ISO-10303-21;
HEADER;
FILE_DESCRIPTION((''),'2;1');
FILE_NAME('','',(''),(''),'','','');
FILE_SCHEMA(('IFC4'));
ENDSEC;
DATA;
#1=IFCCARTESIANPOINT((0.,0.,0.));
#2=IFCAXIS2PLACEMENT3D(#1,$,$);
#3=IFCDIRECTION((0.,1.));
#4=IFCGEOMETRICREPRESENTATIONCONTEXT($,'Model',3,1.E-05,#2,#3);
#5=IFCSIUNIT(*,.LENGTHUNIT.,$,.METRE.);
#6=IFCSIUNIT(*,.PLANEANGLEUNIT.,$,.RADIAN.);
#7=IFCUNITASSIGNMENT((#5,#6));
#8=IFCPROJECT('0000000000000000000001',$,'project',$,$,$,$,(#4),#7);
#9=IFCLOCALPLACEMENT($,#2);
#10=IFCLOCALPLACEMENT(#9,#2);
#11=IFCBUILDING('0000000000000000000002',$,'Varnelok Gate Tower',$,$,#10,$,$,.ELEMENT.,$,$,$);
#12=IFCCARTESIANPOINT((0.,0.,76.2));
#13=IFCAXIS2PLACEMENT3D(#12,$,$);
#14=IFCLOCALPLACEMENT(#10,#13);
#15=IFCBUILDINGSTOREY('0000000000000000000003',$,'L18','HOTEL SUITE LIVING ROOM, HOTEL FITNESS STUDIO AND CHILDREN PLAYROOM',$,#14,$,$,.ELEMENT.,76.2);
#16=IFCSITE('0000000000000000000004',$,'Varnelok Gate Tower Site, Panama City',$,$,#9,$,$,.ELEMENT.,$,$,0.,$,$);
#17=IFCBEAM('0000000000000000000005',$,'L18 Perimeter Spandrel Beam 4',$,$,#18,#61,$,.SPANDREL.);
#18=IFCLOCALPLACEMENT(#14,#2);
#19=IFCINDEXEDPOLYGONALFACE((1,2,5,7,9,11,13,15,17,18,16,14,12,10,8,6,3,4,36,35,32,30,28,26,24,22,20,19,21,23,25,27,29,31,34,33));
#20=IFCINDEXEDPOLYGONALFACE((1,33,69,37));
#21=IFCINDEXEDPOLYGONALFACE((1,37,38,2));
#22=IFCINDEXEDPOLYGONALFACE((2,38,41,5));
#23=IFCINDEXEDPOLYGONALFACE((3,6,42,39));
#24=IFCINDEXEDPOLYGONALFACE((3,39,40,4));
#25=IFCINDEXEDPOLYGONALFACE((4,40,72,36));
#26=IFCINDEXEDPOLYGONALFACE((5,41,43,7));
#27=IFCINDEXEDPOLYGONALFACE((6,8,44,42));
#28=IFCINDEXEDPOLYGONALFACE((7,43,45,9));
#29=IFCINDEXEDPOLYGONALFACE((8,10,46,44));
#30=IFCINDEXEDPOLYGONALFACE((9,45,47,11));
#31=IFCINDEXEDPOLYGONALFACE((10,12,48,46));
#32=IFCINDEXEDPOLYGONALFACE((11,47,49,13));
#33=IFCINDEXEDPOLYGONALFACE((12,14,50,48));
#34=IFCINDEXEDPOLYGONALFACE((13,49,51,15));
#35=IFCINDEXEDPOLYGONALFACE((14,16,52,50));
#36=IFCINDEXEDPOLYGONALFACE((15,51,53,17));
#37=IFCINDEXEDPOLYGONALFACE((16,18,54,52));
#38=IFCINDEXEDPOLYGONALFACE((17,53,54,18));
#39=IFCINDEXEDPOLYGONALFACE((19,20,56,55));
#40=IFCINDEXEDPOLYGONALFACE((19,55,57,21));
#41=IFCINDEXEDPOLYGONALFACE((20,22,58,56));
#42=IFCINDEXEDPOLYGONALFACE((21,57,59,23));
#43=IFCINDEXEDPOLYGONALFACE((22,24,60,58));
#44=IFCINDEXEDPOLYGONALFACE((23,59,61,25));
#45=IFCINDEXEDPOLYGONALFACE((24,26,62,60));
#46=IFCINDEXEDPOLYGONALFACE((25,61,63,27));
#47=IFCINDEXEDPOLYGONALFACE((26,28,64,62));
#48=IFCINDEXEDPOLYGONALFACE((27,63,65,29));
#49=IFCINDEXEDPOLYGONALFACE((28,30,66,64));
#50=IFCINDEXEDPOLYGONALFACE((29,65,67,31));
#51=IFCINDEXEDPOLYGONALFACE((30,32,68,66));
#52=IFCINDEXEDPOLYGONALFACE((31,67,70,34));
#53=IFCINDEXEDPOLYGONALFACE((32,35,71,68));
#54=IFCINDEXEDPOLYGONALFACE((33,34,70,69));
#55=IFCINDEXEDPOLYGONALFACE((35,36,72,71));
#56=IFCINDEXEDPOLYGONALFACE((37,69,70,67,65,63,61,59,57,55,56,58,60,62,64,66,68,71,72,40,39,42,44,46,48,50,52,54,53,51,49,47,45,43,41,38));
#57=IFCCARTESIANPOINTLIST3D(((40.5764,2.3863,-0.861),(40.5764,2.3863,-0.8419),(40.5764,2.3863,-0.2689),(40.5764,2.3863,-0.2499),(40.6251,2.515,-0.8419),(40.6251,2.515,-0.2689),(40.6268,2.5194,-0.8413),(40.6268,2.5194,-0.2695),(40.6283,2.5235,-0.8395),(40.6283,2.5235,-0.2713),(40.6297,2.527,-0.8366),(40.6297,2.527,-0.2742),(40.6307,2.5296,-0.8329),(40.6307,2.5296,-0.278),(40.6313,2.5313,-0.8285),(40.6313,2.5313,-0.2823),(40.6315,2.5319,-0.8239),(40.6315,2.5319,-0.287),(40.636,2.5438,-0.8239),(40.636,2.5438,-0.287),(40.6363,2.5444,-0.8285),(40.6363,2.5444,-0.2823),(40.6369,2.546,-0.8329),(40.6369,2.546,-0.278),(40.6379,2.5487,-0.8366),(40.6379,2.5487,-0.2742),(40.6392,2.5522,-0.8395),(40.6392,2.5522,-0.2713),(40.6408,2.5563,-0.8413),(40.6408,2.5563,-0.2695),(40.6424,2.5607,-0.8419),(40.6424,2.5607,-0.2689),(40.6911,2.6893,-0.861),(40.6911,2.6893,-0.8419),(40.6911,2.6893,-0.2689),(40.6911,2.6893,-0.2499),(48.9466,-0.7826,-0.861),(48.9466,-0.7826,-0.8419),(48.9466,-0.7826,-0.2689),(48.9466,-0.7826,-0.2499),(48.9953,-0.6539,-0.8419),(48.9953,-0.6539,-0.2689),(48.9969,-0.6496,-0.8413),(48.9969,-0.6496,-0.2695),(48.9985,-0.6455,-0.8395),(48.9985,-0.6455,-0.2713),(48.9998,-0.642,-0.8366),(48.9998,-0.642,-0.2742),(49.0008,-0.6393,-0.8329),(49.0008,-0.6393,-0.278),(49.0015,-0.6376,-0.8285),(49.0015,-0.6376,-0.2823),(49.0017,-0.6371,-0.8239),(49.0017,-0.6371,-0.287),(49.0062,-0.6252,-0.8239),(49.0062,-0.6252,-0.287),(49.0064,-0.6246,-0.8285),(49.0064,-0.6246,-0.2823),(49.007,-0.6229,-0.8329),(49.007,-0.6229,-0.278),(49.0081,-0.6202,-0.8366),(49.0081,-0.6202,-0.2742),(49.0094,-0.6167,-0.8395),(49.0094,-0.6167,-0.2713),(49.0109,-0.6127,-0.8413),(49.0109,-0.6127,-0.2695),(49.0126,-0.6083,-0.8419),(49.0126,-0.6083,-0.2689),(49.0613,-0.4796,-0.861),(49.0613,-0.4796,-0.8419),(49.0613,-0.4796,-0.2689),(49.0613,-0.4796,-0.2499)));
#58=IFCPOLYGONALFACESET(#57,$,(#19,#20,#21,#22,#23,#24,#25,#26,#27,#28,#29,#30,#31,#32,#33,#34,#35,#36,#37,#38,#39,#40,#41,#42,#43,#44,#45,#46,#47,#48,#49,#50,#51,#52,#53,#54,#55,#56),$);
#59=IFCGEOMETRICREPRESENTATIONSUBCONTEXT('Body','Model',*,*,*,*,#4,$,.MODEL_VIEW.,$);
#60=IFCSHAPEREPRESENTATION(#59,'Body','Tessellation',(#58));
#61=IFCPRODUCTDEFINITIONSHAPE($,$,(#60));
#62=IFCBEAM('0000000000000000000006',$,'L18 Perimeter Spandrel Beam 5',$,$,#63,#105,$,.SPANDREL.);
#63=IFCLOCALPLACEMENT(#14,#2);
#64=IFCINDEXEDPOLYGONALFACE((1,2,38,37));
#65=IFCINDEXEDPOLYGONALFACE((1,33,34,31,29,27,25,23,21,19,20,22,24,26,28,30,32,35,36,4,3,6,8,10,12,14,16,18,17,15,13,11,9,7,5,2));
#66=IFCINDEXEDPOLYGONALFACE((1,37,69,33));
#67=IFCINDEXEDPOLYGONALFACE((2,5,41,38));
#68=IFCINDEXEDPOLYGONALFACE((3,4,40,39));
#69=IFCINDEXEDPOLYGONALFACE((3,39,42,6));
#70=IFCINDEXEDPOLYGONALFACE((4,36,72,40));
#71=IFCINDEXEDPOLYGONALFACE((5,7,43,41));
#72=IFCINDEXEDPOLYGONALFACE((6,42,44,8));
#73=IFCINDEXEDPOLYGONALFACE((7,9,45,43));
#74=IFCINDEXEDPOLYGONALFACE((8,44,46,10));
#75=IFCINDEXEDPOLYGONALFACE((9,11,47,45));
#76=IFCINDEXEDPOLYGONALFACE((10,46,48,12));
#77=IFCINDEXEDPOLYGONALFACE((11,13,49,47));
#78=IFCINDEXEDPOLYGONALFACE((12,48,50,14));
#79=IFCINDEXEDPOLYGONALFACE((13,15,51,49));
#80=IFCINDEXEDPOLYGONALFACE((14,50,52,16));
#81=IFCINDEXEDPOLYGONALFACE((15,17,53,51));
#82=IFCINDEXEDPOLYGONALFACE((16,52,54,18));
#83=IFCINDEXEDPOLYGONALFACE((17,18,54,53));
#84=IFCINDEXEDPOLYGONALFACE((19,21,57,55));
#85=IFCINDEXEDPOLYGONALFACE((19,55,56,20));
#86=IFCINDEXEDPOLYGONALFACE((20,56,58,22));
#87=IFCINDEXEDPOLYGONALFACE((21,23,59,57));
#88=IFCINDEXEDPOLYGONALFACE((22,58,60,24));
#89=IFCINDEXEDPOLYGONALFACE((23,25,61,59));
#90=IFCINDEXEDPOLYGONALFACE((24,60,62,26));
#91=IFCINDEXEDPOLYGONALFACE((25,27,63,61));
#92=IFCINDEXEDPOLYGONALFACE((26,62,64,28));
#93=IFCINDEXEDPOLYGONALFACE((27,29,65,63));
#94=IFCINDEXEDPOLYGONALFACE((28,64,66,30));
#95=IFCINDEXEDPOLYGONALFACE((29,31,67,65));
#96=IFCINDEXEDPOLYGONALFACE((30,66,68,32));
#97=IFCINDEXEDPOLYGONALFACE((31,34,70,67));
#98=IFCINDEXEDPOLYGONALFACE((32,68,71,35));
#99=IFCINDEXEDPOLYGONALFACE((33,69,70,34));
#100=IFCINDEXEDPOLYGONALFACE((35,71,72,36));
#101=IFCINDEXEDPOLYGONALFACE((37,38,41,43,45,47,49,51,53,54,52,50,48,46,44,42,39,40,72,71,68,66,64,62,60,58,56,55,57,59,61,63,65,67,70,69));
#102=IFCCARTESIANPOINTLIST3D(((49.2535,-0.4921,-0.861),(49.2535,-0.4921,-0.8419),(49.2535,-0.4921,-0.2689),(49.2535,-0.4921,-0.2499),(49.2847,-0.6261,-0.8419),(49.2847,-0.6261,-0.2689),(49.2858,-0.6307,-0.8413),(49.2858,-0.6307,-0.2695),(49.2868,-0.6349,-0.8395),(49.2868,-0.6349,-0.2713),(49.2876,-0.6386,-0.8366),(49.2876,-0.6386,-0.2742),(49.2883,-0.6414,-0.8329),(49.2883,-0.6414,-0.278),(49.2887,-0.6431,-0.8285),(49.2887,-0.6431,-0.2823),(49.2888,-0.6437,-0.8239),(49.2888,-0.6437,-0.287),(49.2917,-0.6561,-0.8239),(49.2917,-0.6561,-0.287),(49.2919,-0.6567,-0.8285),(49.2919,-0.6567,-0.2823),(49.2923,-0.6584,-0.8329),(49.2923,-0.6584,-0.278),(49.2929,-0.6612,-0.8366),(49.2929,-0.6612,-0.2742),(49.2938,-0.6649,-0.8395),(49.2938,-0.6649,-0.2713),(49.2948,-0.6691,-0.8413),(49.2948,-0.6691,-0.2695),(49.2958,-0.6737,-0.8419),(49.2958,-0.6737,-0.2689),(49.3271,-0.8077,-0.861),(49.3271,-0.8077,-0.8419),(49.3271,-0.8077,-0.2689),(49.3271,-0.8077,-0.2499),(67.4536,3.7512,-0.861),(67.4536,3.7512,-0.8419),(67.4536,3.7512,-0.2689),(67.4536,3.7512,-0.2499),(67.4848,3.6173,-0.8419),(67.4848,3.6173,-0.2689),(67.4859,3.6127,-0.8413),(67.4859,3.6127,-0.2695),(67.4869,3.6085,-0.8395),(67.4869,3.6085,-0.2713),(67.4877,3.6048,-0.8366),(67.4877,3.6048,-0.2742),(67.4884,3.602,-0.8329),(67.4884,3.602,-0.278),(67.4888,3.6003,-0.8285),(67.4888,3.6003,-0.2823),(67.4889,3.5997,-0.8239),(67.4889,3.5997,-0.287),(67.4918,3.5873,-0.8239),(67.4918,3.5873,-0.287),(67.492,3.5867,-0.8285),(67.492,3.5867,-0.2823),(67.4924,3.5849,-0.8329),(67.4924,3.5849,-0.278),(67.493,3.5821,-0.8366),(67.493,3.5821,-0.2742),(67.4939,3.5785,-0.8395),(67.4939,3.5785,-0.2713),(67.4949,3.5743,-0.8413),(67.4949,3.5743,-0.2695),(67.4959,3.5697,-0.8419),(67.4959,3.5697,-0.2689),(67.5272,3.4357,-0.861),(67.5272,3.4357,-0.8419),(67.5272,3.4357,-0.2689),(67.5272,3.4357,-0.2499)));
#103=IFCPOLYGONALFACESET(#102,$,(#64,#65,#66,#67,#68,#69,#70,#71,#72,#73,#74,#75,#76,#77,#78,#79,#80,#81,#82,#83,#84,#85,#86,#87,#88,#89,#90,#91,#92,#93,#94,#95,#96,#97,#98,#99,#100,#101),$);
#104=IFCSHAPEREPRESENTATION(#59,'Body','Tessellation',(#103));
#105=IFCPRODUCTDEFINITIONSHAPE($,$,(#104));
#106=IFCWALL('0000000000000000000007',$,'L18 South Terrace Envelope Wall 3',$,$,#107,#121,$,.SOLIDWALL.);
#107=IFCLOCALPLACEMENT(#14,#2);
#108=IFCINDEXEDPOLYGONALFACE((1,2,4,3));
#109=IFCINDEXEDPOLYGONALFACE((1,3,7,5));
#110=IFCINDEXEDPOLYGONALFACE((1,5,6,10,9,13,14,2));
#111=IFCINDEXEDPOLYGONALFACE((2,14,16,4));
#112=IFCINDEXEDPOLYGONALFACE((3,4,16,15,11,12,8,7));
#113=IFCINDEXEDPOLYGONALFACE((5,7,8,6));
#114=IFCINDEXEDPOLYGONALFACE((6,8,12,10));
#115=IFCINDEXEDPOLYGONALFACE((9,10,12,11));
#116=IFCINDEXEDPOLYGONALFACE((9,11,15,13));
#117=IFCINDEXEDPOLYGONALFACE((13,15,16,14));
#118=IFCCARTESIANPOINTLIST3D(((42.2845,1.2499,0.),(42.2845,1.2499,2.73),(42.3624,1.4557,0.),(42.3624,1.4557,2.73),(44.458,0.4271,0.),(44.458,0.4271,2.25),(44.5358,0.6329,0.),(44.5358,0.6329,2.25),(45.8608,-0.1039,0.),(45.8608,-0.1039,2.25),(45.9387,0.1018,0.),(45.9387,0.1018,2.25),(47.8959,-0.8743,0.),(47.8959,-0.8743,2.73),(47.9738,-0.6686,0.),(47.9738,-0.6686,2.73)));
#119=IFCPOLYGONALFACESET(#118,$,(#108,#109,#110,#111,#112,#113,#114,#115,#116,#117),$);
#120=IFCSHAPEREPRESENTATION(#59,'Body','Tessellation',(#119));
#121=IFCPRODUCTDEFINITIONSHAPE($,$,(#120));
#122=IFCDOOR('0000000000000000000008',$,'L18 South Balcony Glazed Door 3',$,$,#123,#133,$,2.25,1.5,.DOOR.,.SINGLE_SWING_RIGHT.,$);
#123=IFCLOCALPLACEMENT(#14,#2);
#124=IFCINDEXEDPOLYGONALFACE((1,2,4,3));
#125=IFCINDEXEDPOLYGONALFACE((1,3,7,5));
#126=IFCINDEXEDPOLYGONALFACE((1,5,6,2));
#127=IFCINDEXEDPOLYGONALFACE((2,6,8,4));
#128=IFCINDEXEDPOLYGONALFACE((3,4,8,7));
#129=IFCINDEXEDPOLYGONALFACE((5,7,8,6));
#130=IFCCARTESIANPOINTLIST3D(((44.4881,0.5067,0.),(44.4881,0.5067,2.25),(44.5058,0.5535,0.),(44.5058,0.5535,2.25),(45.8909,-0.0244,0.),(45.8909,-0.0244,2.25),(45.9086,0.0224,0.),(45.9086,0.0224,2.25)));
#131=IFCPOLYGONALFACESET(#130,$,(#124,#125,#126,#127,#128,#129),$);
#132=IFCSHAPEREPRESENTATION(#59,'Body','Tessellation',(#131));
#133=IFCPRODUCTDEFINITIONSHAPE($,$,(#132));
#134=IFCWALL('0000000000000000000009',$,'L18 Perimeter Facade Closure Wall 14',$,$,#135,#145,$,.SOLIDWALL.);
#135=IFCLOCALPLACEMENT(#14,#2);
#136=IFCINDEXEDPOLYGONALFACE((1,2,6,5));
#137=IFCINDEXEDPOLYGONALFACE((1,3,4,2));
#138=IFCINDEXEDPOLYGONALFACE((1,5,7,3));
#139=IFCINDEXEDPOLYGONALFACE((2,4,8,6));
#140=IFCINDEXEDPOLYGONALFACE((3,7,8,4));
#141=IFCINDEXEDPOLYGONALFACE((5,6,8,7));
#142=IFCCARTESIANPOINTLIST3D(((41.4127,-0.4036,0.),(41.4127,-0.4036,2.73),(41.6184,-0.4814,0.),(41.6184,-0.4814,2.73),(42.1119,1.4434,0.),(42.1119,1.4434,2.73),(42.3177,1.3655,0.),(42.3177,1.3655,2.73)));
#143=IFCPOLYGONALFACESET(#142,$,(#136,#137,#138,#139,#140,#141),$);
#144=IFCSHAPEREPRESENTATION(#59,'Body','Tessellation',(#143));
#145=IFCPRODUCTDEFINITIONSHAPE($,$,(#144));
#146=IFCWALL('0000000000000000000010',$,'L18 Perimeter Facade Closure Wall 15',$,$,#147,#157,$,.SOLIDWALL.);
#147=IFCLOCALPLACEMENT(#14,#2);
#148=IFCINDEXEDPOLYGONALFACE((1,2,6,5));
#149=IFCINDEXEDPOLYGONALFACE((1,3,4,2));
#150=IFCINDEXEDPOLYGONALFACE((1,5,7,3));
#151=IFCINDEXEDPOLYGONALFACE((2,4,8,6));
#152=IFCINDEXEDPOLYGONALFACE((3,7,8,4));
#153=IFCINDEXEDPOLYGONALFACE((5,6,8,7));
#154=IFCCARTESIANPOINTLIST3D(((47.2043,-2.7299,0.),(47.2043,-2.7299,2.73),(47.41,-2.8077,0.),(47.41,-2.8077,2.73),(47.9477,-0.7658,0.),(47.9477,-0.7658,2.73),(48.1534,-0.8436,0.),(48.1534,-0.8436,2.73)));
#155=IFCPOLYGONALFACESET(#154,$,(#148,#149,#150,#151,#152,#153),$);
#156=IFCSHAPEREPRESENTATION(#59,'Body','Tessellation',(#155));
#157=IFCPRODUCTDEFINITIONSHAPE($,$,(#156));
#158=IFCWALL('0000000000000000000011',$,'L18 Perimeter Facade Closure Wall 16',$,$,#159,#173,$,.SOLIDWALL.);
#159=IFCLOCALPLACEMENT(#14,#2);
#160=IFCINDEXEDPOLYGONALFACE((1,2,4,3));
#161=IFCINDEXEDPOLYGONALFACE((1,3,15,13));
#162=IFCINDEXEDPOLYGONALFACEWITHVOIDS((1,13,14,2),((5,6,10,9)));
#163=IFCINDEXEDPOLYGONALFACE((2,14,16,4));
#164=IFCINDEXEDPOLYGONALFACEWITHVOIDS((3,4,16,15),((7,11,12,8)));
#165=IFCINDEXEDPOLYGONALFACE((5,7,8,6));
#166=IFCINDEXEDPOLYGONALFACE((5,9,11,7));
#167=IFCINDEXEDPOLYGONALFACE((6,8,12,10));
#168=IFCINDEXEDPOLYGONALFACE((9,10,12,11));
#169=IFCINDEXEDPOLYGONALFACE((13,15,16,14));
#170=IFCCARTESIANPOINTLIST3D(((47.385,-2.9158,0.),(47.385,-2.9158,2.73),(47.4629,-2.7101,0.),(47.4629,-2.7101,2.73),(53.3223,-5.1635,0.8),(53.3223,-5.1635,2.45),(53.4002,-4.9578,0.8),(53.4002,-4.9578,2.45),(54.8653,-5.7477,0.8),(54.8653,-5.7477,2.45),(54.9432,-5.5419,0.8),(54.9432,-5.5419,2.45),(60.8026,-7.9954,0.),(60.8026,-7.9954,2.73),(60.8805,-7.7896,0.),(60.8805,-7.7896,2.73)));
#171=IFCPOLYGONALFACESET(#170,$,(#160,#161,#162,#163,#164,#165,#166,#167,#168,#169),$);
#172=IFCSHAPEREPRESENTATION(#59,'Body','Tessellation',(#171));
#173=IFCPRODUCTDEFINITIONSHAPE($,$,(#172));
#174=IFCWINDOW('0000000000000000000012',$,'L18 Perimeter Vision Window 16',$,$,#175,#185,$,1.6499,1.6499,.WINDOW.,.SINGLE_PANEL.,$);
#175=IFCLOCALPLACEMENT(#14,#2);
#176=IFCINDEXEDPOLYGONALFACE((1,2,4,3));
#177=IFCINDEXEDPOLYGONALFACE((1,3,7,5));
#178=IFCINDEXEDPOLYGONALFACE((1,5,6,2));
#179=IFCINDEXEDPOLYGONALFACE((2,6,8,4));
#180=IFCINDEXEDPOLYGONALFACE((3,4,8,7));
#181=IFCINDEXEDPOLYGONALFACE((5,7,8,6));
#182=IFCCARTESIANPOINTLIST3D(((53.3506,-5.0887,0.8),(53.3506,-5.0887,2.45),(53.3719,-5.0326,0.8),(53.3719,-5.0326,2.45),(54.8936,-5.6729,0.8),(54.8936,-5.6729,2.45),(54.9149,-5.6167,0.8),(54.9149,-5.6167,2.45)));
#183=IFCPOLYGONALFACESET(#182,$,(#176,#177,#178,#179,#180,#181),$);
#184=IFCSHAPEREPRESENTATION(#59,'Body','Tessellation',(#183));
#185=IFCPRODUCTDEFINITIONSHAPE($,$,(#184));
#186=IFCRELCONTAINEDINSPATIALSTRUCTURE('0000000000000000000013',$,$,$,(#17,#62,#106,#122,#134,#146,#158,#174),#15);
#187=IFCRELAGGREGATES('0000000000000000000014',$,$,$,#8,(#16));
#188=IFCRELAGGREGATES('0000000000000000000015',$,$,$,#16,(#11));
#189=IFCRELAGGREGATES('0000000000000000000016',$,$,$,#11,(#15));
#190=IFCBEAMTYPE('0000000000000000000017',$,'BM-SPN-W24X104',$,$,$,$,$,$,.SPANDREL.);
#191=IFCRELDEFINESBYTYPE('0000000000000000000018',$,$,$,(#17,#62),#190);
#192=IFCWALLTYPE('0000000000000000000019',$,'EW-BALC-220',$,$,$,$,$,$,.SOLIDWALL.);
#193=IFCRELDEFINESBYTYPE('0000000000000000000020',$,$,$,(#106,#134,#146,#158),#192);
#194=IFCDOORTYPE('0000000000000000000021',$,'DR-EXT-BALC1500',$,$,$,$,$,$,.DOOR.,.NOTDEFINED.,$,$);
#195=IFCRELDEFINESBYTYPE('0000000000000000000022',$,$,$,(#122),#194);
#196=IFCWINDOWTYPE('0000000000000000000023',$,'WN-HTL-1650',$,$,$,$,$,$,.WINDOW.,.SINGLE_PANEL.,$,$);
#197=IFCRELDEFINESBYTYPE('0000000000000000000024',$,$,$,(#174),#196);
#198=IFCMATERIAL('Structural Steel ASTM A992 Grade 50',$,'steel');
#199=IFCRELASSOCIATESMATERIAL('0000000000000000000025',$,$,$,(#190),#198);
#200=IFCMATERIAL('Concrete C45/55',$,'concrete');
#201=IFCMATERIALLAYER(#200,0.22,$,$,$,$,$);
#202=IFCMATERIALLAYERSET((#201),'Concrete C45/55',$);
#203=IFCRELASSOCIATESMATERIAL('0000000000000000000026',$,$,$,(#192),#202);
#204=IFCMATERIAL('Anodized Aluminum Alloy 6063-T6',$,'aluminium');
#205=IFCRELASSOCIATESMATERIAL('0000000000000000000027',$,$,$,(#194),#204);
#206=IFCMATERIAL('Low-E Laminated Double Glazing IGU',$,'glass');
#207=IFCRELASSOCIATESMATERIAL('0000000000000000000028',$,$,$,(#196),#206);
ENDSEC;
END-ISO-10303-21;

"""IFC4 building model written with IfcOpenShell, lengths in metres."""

from ifc_helpers import new_model, si_unit, direction, frame, frame_2d, origin, origin_2d, place, context, subcontext, project, spatial, rectangle, i_section, extrude, material, layer, layer_set, material_profile, profile_set, type_object, element, fill, save


model = new_model("IFC4")

# Units and contexts
model_context = context("Model", 3, precision=1e-05, world=origin(), true_north=direction((0.0, 1.0)))
body_context = subcontext(model_context, "Body", "Model", "MODEL_VIEW")
ifc_project = project(units=[si_unit("LENGTHUNIT", "METRE"), si_unit("PLANEANGLEUNIT", "RADIAN")], contexts=[model_context])

# Site, building, storey
site_placement = place(None, origin())
site = spatial("IfcSite", under=ifc_project, at=site_placement, Name="Varnelok Gate Tower Site, Panama City", CompositionType="ELEMENT", RefElevation=0.0)
building_placement = place(site_placement, origin())
building = spatial("IfcBuilding", under=site, at=building_placement, Name="Varnelok Gate Tower", CompositionType="ELEMENT")
storey_placement = place(building_placement, frame((0.0, 0.0, 76.2)))
storey = spatial("IfcBuildingStorey", under=building, at=storey_placement, Name="L18", Description="HOTEL SUITE LIVING ROOM, HOTEL FITNESS STUDIO AND CHILDREN PLAYROOM", CompositionType="ELEMENT", Elevation=76.2)

# Shared definitions
ifc_material_1 = material(Name="Structural Steel ASTM A992 Grade 50", Category="steel")

# Beams
ifc_material_profile_1 = material_profile(ifc_material_1, i_section(OverallWidth=0.324, OverallDepth=0.6111, WebThickness=0.0127, FlangeThickness=0.019, FilletRadius=0.0181, at=origin_2d()), Name="W24X104")
ifc_profile_set_1 = profile_set([ifc_material_profile_1], Name="Structural Steel ASTM A992 Grade 50")
beam_type_1 = type_object("IfcBeamType", Name="BM-SPN-W24X104", PredefinedType="SPANDREL", material=ifc_profile_set_1)
beam_1_placement = place(storey_placement, frame((40.6338, 2.5378, -0.5554), z_axis=(0.935217, -0.354075, 0.0), x_axis=(0.354075, 0.935217, 0.0)))
element("IfcBeam", 1, at=beam_1_placement, inside=storey, type_object=beam_type_1, Name="L18 Perimeter Spandrel Beam 4", PredefinedType="SPANDREL", context=body_context, shape_type="SweptSolid", body=[
    extrude(i_section(OverallWidth=0.324, OverallDepth=0.6111, WebThickness=0.0127, FlangeThickness=0.019, FilletRadius=0.0181, at=origin_2d()), origin(), (0.0, 0.0, 1.0), 8.95),
])
beam_2_placement = place(storey_placement, frame((49.2903, -0.6499, -0.5554), z_axis=(0.97388, 0.227062, 0.0), x_axis=(-0.227062, 0.97388, 0.0)))
element("IfcBeam", 2, at=beam_2_placement, inside=storey, type_object=beam_type_1, Name="L18 Perimeter Spandrel Beam 5", PredefinedType="SPANDREL", context=body_context, shape_type="SweptSolid", body=[
    extrude(i_section(OverallWidth=0.324, OverallDepth=0.6111, WebThickness=0.0127, FlangeThickness=0.019, FilletRadius=0.0181, at=origin_2d()), origin(), (0.0, 0.0, 1.0), 18.6882),
])

# Wall, opening, door
ifc_material_2 = material(Name="Concrete C45/55", Category="concrete")
ifc_layer_1 = layer(ifc_material_2, 0.22)
ifc_layer_set_1 = layer_set([ifc_layer_1], Name="Concrete C45/55")
wall_type_1 = type_object("IfcWallType", Name="EW-BALC-220", PredefinedType="SOLIDWALL", material=ifc_layer_set_1)
wall_1_placement = place(storey_placement, frame((47.9348, -0.7715, 0.0), z_axis=(0.0, 0.0, 1.0), x_axis=(-0.935228, 0.354047, 0.0)))
wall_1 = element("IfcWall", 3, at=wall_1_placement, inside=storey, type_object=wall_type_1, Name="L18 South Terrace Envelope Wall 3", PredefinedType="SOLIDWALL", context=body_context, shape_type="SweptSolid", body=[
    extrude(rectangle(XDim=6.0, YDim=0.22, at=frame_2d((3.0, 0.0))), origin(), (0.0, 0.0, 1.0), 2.73),
])
opening_1_placement = place(wall_1_placement, frame((2.176, 0.0, 0.0)))
opening_1 = element("IfcOpeningElement", 4, at=opening_1_placement, cuts=wall_1, PredefinedType="OPENING", context=body_context, shape_type="SweptSolid", body=[
    extrude(rectangle(XDim=1.5, YDim=2.25, at=frame_2d((0.75, 1.125))), frame((0.0, 0.1199, 0.0), z_axis=(0.0, -1.0, 0.0), x_axis=(1.0, 0.0, 0.0)), (0.0, 0.0, 1.0), 0.24),
])
ifc_material_3 = material(Name="Anodized Aluminum Alloy 6063-T6", Category="aluminium")
door_type_1 = type_object("IfcDoorType", Name="DR-EXT-BALC1500", OperationType="NOTDEFINED", PredefinedType="DOOR", material=ifc_material_3)
door_1_placement = place(opening_1_placement, origin())
door_1 = element("IfcDoor", 5, at=door_1_placement, inside=storey, type_object=door_type_1, Name="L18 South Balcony Glazed Door 3", OperationType="SINGLE_SWING_RIGHT", OverallHeight=2.25, OverallWidth=1.5, PredefinedType="DOOR", context=body_context, shape_type="SweptSolid", body=[
    extrude(rectangle(XDim=1.5, YDim=2.25, at=frame_2d((0.75, 1.125))), frame((0.0, 0.0249, 0.0), z_axis=(0.0, -1.0, 0.0), x_axis=(1.0, 0.0, 0.0)), (0.0, 0.0, 1.0), 0.05),
])
fill(opening_1, door_1)

# Walls
wall_2_placement = place(storey_placement, frame((41.5156, -0.4424, 0.0), z_axis=(0.0, 0.0, 1.0), x_axis=(0.354062, 0.935222, 0.0)))
element("IfcWall", 6, at=wall_2_placement, inside=storey, type_object=wall_type_1, Name="L18 Perimeter Facade Closure Wall 14", PredefinedType="SOLIDWALL", context=body_context, shape_type="SweptSolid", body=[
    extrude(rectangle(XDim=1.9749, YDim=0.22, at=frame_2d((0.9873, 0.0))), origin(), (0.0, 0.0, 1.0), 2.73),
])
wall_3_placement = place(storey_placement, frame((48.0505, -0.8047, 0.0), z_axis=(0.0, 0.0, 1.0), x_axis=(-0.353988, -0.93525, 0.0)))
element("IfcWall", 7, at=wall_3_placement, inside=storey, type_object=wall_type_1, Name="L18 Perimeter Facade Closure Wall 15", PredefinedType="SOLIDWALL", context=body_context, shape_type="SweptSolid", body=[
    extrude(rectangle(XDim=2.1001, YDim=0.22, at=frame_2d((1.05, 0.0))), origin(), (0.0, 0.0, 1.0), 2.73),
])

# Wall, opening, window
wall_4_placement = place(storey_placement, frame((47.4241, -2.813, 0.0), z_axis=(0.0, 0.0, 1.0), x_axis=(0.935226, -0.354051, 0.0)))
wall_4 = element("IfcWall", 8, at=wall_4_placement, inside=storey, type_object=wall_type_1, Name="L18 Perimeter Facade Closure Wall 16", PredefinedType="SOLIDWALL", context=body_context, shape_type="SweptSolid", body=[
    extrude(rectangle(XDim=14.3469, YDim=0.22, at=frame_2d((7.1733, 0.0))), origin(), (0.0, 0.0, 1.0), 2.73),
])
opening_2_placement = place(wall_4_placement, frame((6.3484, 0.0, 0.8)))
opening_2 = element("IfcOpeningElement", 9, at=opening_2_placement, cuts=wall_4, PredefinedType="OPENING", context=body_context, shape_type="SweptSolid", body=[
    extrude(rectangle(XDim=1.6499, YDim=1.6499, at=frame_2d((0.825, 0.825))), frame((0.0, 0.1199, 0.0), z_axis=(0.0, -1.0, 0.0), x_axis=(1.0, 0.0, 0.0)), (0.0, 0.0, 1.0), 0.24),
])
ifc_material_4 = material(Name="Low-E Laminated Double Glazing IGU", Category="glass")
window_type = type_object("IfcWindowType", Name="WN-HTL-1650", PartitioningType="SINGLE_PANEL", PredefinedType="WINDOW", material=ifc_material_4)
window_placement = place(opening_2_placement, origin())
window = element("IfcWindow", 10, at=window_placement, inside=storey, type_object=window_type, Name="L18 Perimeter Vision Window 16", OverallHeight=1.6499, OverallWidth=1.6499, PartitioningType="SINGLE_PANEL", PredefinedType="WINDOW", context=body_context, shape_type="SweptSolid", body=[
    extrude(rectangle(XDim=1.6499, YDim=1.6499, at=frame_2d((0.825, 0.825))), frame((0.0, 0.03, 0.0), z_axis=(0.0, -1.0, 0.0), x_axis=(1.0, 0.0, 0.0)), (0.0, 0.0, 1.0), 0.0601),
])
fill(opening_2, window)

save(model, "model.ifc")
